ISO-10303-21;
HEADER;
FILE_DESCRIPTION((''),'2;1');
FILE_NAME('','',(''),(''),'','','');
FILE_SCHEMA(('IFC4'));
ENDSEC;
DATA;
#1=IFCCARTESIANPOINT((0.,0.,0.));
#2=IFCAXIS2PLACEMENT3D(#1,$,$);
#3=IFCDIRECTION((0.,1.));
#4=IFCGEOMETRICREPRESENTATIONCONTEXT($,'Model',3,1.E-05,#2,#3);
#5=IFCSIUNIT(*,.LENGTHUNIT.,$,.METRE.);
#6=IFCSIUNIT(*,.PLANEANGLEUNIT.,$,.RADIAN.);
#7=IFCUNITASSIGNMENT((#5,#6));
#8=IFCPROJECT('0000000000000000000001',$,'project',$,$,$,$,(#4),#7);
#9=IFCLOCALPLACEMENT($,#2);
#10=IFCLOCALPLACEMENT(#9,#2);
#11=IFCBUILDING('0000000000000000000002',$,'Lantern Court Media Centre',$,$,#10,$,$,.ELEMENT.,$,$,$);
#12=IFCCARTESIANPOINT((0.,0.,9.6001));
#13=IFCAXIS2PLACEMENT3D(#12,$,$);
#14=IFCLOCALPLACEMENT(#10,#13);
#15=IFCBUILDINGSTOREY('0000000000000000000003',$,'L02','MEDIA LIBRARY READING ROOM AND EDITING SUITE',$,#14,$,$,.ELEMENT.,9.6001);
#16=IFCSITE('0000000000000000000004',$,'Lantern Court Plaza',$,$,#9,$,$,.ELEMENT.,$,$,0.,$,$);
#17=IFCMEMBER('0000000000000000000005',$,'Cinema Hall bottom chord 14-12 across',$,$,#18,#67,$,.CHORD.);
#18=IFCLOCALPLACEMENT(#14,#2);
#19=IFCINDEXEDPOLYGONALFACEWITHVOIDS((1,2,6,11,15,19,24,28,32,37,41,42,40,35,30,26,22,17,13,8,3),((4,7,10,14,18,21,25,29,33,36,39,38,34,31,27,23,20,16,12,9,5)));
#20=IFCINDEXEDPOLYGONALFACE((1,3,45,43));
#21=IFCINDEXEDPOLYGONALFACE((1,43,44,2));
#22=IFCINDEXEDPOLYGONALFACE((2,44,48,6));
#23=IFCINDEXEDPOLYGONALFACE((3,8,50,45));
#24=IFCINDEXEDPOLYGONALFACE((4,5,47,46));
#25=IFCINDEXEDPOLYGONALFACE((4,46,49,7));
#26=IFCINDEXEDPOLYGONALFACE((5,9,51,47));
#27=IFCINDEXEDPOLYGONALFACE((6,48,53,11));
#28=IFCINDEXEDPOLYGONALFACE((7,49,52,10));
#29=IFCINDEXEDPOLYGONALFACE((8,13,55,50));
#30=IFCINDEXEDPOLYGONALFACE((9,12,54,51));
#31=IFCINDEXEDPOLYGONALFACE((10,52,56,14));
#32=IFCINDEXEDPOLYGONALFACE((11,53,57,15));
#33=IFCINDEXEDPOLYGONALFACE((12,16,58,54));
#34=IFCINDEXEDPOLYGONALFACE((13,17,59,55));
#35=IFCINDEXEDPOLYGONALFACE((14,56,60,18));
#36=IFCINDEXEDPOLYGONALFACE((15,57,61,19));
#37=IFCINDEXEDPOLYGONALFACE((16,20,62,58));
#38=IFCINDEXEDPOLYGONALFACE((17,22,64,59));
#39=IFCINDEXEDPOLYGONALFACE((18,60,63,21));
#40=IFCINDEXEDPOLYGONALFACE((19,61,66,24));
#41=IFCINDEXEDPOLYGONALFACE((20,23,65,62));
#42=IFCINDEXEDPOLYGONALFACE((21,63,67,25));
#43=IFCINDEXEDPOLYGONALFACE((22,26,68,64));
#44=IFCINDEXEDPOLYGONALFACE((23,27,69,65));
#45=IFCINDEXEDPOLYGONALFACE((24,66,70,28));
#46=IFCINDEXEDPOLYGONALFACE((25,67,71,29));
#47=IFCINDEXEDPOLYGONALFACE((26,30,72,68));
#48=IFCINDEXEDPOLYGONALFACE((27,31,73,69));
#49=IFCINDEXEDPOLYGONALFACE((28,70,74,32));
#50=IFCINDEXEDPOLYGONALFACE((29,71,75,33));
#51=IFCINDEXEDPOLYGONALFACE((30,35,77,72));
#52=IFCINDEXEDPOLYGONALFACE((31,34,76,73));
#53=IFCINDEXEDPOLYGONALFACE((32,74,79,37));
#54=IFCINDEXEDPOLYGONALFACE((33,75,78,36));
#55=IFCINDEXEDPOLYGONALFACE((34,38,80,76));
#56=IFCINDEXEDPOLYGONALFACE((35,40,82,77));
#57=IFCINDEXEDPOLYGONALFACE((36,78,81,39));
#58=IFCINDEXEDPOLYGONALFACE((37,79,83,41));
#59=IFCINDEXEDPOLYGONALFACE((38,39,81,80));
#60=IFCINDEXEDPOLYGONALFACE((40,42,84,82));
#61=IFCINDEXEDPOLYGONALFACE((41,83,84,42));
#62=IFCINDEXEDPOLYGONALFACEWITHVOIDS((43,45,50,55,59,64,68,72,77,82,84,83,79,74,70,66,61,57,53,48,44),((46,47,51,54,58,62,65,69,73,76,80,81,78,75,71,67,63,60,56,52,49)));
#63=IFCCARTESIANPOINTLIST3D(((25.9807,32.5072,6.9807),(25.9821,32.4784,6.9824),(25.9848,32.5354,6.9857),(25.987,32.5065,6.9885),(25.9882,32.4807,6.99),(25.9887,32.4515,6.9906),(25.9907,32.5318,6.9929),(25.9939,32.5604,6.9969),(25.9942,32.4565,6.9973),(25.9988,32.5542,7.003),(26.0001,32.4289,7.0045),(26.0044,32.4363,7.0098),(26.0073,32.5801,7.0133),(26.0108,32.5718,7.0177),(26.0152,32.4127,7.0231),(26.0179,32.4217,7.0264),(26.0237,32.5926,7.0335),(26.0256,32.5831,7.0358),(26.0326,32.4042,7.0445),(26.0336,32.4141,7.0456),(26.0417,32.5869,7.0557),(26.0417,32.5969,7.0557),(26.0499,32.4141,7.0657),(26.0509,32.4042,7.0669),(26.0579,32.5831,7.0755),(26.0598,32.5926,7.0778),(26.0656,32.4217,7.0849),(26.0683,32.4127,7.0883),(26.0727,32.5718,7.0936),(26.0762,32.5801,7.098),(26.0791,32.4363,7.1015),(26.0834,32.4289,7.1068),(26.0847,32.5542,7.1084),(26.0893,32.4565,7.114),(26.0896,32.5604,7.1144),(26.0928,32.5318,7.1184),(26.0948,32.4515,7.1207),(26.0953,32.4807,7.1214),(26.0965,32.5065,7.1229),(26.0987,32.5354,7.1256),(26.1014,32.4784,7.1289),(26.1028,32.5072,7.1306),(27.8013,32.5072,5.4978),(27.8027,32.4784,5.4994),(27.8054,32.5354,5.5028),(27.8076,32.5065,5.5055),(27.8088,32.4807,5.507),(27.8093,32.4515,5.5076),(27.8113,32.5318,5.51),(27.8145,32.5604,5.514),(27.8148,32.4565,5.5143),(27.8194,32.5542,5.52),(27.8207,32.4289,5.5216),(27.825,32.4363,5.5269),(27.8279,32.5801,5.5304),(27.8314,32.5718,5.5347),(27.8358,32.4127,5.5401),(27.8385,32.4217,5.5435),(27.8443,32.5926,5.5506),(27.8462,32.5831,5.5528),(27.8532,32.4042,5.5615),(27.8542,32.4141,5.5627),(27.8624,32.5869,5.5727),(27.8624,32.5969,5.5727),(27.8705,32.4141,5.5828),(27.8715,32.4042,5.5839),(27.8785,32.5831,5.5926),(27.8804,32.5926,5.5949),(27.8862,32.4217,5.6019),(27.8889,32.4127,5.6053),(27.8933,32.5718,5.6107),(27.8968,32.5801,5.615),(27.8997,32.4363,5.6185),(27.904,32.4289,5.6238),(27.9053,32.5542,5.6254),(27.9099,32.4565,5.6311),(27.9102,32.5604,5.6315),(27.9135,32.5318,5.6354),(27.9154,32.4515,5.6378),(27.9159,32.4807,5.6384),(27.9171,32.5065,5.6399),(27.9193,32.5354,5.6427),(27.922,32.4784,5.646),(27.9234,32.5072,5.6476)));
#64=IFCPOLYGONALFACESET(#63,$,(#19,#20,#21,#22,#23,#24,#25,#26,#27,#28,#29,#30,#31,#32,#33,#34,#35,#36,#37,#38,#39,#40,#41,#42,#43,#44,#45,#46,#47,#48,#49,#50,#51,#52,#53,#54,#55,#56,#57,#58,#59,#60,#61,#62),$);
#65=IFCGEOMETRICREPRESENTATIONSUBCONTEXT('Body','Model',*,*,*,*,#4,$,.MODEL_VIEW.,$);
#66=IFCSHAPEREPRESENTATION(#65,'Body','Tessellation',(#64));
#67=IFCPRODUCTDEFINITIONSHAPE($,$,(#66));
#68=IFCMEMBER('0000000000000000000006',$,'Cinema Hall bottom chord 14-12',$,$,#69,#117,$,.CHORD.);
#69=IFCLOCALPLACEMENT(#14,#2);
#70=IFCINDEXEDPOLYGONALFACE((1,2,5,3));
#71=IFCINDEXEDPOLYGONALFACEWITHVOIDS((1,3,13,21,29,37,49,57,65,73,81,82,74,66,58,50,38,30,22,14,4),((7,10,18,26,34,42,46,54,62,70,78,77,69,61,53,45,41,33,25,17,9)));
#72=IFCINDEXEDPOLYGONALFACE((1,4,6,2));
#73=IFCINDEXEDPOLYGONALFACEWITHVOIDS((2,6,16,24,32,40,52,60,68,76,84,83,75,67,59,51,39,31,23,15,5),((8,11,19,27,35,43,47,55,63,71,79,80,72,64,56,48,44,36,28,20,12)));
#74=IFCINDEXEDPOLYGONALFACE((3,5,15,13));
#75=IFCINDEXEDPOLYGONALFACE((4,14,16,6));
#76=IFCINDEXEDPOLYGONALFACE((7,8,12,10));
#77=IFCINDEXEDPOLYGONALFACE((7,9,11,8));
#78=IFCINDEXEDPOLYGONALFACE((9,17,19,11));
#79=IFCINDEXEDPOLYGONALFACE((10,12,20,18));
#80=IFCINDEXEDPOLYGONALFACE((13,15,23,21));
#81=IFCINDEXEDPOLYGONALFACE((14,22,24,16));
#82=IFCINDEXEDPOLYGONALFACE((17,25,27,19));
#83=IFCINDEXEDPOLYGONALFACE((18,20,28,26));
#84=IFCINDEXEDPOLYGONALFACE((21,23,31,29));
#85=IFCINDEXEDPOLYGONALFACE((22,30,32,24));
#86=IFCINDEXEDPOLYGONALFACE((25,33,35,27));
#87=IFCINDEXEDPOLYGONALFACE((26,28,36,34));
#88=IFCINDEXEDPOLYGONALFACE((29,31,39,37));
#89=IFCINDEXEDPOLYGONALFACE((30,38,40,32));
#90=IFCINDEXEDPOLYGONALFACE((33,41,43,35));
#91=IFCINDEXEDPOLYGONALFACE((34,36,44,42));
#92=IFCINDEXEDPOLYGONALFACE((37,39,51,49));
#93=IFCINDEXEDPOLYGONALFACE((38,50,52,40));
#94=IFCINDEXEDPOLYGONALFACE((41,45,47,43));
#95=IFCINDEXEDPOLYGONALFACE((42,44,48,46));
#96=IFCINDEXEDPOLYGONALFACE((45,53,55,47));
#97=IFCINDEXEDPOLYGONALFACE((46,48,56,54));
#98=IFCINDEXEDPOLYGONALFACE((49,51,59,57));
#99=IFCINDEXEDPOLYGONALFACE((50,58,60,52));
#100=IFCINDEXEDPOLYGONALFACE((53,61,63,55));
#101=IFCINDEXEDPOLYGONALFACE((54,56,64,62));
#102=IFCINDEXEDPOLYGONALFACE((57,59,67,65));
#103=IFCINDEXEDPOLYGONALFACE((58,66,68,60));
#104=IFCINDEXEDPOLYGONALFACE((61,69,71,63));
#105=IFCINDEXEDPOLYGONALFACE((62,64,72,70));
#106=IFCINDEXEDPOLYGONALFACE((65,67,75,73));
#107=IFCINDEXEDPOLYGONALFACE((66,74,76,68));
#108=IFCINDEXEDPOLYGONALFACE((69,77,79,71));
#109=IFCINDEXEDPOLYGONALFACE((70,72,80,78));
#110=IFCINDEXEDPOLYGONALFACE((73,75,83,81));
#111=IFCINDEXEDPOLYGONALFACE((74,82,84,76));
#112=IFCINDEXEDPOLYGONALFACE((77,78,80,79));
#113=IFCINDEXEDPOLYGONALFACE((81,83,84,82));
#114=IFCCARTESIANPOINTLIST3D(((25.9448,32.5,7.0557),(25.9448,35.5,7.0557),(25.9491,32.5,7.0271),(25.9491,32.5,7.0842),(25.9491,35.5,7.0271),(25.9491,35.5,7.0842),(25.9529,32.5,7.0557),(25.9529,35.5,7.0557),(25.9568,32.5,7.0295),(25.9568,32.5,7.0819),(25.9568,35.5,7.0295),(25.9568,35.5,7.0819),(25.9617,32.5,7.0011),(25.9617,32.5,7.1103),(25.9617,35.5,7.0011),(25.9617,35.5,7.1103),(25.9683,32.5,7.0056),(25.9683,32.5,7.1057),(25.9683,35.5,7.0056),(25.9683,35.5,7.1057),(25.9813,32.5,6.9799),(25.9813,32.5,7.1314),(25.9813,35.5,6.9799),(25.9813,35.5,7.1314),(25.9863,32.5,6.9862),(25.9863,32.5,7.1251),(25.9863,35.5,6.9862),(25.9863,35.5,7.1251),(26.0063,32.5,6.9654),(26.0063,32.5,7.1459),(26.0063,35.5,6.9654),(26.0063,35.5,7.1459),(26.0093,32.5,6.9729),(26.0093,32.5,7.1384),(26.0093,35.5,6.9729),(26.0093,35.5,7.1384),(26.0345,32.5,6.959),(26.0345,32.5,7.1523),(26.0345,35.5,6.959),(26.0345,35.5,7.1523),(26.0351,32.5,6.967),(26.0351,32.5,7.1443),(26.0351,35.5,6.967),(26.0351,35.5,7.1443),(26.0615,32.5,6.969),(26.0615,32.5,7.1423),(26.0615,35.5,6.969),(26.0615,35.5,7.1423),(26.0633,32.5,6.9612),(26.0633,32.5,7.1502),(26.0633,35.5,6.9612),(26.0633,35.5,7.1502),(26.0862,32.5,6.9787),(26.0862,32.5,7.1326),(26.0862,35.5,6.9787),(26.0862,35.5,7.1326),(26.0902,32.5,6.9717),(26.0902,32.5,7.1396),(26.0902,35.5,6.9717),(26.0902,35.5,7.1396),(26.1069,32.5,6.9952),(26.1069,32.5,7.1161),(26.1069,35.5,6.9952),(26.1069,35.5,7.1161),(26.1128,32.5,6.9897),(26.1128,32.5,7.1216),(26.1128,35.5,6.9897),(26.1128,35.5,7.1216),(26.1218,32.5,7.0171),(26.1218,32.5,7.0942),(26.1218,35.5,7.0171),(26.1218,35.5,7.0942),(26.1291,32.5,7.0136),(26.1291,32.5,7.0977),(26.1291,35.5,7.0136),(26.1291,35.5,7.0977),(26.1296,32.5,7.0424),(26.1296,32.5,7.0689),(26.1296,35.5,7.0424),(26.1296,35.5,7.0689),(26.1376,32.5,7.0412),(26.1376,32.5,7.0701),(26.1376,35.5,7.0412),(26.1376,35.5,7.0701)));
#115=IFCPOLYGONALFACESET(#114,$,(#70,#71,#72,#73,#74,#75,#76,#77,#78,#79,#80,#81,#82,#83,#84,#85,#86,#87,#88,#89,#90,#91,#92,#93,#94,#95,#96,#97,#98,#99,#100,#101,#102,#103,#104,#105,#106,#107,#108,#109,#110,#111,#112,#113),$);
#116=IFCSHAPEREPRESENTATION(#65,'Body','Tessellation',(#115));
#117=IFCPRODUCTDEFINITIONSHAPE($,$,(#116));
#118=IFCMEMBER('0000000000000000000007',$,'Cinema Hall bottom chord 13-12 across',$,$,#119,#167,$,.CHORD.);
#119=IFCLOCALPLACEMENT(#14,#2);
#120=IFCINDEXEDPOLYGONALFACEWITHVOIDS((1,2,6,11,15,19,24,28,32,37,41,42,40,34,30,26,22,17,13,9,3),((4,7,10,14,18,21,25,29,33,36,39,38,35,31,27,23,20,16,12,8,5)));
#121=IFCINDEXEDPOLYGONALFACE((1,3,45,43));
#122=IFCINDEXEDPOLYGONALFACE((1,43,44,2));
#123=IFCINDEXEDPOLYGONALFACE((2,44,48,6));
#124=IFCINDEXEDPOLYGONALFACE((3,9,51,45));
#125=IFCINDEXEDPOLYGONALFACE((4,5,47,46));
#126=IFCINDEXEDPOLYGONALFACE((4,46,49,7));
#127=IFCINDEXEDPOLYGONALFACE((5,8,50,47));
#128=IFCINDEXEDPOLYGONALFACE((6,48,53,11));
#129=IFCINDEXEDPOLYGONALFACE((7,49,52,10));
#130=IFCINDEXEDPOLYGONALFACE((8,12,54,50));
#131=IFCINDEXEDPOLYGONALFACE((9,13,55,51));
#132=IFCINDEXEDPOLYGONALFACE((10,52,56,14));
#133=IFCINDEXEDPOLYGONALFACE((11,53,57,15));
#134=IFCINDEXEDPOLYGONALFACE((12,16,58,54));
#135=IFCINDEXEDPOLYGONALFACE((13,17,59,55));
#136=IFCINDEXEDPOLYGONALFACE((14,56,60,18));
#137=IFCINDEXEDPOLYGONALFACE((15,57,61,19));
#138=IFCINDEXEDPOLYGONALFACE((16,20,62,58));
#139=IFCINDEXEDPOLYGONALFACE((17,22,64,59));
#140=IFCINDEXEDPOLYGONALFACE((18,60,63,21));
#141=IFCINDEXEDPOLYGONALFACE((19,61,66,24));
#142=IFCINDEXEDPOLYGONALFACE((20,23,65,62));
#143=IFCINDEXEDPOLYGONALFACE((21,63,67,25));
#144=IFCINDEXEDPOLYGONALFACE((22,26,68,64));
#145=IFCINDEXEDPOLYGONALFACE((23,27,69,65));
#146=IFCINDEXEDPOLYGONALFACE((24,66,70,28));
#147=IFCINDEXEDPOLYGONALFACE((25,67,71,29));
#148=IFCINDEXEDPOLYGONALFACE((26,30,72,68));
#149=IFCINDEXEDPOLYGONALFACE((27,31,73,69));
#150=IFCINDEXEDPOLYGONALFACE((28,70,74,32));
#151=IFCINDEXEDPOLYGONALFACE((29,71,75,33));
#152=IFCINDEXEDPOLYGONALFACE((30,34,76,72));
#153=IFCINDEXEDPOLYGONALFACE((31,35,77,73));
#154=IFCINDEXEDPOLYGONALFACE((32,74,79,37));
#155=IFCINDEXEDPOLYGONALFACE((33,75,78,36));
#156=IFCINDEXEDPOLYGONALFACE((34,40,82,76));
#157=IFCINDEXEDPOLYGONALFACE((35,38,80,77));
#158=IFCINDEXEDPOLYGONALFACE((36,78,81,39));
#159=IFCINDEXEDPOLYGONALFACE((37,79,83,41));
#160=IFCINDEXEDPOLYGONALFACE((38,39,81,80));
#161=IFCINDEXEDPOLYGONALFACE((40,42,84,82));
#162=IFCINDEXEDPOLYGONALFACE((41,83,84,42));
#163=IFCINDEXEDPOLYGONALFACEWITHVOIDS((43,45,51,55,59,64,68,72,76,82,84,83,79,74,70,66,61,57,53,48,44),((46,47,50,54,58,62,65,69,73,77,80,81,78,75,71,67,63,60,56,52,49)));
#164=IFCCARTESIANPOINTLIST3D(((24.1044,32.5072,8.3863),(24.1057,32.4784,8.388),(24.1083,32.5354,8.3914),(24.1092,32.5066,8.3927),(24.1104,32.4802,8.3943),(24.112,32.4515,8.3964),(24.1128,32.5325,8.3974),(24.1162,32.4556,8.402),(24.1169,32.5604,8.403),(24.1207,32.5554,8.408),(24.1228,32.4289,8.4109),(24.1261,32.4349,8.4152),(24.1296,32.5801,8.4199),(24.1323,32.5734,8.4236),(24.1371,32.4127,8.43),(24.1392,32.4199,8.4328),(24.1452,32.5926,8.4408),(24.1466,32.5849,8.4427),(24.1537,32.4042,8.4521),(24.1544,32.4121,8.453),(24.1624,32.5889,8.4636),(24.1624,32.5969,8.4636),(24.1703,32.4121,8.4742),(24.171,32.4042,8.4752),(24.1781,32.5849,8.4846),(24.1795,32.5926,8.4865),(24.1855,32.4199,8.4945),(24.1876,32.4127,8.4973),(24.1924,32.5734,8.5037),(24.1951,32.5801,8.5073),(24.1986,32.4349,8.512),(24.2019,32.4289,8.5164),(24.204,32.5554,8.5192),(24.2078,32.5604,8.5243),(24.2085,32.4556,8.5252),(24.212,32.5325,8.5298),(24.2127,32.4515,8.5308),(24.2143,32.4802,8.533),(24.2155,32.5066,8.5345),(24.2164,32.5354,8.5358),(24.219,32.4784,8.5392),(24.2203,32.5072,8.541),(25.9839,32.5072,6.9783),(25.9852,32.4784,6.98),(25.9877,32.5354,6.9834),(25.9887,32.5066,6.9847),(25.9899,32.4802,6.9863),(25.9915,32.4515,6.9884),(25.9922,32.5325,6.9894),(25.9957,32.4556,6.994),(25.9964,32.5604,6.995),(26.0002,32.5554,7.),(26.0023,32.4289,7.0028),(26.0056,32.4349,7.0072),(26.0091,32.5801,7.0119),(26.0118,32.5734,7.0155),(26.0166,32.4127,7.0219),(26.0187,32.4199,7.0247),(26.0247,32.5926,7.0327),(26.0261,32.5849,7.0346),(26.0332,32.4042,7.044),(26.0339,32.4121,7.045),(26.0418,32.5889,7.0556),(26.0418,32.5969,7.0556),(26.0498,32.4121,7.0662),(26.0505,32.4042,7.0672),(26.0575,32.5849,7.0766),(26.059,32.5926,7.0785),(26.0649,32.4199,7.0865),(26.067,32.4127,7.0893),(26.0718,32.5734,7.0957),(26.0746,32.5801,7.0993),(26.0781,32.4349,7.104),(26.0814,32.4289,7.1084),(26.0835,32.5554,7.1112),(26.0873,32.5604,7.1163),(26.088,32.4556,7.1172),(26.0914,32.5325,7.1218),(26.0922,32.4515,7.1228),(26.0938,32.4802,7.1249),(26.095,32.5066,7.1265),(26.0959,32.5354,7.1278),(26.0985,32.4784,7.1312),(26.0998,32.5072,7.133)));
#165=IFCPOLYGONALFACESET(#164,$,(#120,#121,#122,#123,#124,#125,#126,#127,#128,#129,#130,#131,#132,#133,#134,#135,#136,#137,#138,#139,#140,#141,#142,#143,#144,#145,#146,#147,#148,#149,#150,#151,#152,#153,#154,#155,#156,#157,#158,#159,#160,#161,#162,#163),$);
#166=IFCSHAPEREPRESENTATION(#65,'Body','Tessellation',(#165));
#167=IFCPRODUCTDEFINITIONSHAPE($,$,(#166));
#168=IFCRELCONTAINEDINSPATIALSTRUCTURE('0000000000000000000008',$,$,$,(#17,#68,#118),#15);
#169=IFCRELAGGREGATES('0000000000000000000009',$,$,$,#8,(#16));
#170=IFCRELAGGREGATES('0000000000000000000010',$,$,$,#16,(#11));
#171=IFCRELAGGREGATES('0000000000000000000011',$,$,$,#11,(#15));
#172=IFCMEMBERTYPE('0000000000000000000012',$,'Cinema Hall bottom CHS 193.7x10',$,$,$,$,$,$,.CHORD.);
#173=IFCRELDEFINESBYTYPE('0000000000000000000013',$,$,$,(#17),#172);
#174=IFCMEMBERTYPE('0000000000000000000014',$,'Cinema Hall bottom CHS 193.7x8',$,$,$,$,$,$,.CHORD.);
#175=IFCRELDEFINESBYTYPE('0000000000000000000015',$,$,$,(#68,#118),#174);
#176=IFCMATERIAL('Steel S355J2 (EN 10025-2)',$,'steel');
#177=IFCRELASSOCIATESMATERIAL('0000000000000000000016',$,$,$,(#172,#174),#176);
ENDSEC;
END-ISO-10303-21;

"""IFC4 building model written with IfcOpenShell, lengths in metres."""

from ifc_helpers import new_model, si_unit, direction, frame, origin, origin_2d, place, context, subcontext, project, spatial, hollow_circle, extrude, material, material_profile, profile_set, type_object, element, save


model = new_model("IFC4")

# Units and contexts
model_context = context("Model", 3, precision=1e-05, world=origin(), true_north=direction((0.0, 1.0)))
body_context = subcontext(model_context, "Body", "Model", "MODEL_VIEW")
ifc_project = project(units=[si_unit("LENGTHUNIT", "METRE"), si_unit("PLANEANGLEUNIT", "RADIAN")], contexts=[model_context])

# Site, building, storey
site_placement = place(None, origin())
site = spatial("IfcSite", under=ifc_project, at=site_placement, Name="Lantern Court Plaza", CompositionType="ELEMENT", RefElevation=0.0)
building_placement = place(site_placement, origin())
building = spatial("IfcBuilding", under=site, at=building_placement, Name="Lantern Court Media Centre", CompositionType="ELEMENT")
storey_placement = place(building_placement, frame((0.0, 0.0, 9.6001)))
storey = spatial("IfcBuildingStorey", under=building, at=storey_placement, Name="L02", Description="MEDIA LIBRARY READING ROOM AND EDITING SUITE", CompositionType="ELEMENT", Elevation=9.6001)

# Members
ifc_material = material(Name="Steel S355J2 (EN 10025-2)", Category="steel")
ifc_material_profile_1 = material_profile(ifc_material, hollow_circle(Radius=0.0969, WallThickness=0.01, at=origin_2d()), Name="Cinema Hall bottom CHS 193.7x10")
ifc_profile_set_1 = profile_set([ifc_material_profile_1], Name="Steel S355J2 (EN 10025-2)")
member_type_1 = type_object("IfcMemberType", Name="Cinema Hall bottom CHS 193.7x10", PredefinedType="CHORD", material=ifc_profile_set_1)
member_1_placement = place(storey_placement, frame((26.0417, 32.5, 7.0557), z_axis=(0.775341, 0.0, -0.631543), x_axis=(0.0, 1.0, 0.0)))
element("IfcMember", 1, at=member_1_placement, inside=storey, type_object=member_type_1, Name="Cinema Hall bottom chord 14-12 across", PredefinedType="CHORD", context=body_context, shape_type="SweptSolid", body=[
    extrude(hollow_circle(Radius=0.0969, WallThickness=0.01, at=origin_2d()), origin(), (0.0, 0.0, 1.0), 2.3481),
])
ifc_material_profile_2 = material_profile(ifc_material, hollow_circle(Radius=0.0969, WallThickness=0.0081, at=origin_2d()), Name="Cinema Hall bottom CHS 193.7x8")
ifc_profile_set_2 = profile_set([ifc_material_profile_2], Name="Steel S355J2 (EN 10025-2)")
member_type_2 = type_object("IfcMemberType", Name="Cinema Hall bottom CHS 193.7x8", PredefinedType="CHORD", material=ifc_profile_set_2)
member_2_placement = place(storey_placement, frame((26.0417, 32.5, 7.0557), z_axis=(0.0, 1.0, 0.0), x_axis=(-1.0, 0.0, 0.0)))
element("IfcMember", 2, at=member_2_placement, inside=storey, type_object=member_type_2, Name="Cinema Hall bottom chord 14-12", PredefinedType="CHORD", context=body_context, shape_type="SweptSolid", body=[
    extrude(hollow_circle(Radius=0.0969, WallThickness=0.0081, at=origin_2d()), origin(), (0.0, 0.0, 1.0), 3.0),
])
member_3_placement = place(storey_placement, frame((24.1624, 32.5, 8.4636), z_axis=(0.800324, 0.0, -0.599567), x_axis=(0.0, 1.0, 0.0)))
element("IfcMember", 3, at=member_3_placement, inside=storey, type_object=member_type_2, Name="Cinema Hall bottom chord 13-12 across", PredefinedType="CHORD", context=body_context, shape_type="SweptSolid", body=[
    extrude(hollow_circle(Radius=0.0969, WallThickness=0.0081, at=origin_2d()), origin(), (0.0, 0.0, 1.0), 2.3484),
])

save(model, "model.ifc")
